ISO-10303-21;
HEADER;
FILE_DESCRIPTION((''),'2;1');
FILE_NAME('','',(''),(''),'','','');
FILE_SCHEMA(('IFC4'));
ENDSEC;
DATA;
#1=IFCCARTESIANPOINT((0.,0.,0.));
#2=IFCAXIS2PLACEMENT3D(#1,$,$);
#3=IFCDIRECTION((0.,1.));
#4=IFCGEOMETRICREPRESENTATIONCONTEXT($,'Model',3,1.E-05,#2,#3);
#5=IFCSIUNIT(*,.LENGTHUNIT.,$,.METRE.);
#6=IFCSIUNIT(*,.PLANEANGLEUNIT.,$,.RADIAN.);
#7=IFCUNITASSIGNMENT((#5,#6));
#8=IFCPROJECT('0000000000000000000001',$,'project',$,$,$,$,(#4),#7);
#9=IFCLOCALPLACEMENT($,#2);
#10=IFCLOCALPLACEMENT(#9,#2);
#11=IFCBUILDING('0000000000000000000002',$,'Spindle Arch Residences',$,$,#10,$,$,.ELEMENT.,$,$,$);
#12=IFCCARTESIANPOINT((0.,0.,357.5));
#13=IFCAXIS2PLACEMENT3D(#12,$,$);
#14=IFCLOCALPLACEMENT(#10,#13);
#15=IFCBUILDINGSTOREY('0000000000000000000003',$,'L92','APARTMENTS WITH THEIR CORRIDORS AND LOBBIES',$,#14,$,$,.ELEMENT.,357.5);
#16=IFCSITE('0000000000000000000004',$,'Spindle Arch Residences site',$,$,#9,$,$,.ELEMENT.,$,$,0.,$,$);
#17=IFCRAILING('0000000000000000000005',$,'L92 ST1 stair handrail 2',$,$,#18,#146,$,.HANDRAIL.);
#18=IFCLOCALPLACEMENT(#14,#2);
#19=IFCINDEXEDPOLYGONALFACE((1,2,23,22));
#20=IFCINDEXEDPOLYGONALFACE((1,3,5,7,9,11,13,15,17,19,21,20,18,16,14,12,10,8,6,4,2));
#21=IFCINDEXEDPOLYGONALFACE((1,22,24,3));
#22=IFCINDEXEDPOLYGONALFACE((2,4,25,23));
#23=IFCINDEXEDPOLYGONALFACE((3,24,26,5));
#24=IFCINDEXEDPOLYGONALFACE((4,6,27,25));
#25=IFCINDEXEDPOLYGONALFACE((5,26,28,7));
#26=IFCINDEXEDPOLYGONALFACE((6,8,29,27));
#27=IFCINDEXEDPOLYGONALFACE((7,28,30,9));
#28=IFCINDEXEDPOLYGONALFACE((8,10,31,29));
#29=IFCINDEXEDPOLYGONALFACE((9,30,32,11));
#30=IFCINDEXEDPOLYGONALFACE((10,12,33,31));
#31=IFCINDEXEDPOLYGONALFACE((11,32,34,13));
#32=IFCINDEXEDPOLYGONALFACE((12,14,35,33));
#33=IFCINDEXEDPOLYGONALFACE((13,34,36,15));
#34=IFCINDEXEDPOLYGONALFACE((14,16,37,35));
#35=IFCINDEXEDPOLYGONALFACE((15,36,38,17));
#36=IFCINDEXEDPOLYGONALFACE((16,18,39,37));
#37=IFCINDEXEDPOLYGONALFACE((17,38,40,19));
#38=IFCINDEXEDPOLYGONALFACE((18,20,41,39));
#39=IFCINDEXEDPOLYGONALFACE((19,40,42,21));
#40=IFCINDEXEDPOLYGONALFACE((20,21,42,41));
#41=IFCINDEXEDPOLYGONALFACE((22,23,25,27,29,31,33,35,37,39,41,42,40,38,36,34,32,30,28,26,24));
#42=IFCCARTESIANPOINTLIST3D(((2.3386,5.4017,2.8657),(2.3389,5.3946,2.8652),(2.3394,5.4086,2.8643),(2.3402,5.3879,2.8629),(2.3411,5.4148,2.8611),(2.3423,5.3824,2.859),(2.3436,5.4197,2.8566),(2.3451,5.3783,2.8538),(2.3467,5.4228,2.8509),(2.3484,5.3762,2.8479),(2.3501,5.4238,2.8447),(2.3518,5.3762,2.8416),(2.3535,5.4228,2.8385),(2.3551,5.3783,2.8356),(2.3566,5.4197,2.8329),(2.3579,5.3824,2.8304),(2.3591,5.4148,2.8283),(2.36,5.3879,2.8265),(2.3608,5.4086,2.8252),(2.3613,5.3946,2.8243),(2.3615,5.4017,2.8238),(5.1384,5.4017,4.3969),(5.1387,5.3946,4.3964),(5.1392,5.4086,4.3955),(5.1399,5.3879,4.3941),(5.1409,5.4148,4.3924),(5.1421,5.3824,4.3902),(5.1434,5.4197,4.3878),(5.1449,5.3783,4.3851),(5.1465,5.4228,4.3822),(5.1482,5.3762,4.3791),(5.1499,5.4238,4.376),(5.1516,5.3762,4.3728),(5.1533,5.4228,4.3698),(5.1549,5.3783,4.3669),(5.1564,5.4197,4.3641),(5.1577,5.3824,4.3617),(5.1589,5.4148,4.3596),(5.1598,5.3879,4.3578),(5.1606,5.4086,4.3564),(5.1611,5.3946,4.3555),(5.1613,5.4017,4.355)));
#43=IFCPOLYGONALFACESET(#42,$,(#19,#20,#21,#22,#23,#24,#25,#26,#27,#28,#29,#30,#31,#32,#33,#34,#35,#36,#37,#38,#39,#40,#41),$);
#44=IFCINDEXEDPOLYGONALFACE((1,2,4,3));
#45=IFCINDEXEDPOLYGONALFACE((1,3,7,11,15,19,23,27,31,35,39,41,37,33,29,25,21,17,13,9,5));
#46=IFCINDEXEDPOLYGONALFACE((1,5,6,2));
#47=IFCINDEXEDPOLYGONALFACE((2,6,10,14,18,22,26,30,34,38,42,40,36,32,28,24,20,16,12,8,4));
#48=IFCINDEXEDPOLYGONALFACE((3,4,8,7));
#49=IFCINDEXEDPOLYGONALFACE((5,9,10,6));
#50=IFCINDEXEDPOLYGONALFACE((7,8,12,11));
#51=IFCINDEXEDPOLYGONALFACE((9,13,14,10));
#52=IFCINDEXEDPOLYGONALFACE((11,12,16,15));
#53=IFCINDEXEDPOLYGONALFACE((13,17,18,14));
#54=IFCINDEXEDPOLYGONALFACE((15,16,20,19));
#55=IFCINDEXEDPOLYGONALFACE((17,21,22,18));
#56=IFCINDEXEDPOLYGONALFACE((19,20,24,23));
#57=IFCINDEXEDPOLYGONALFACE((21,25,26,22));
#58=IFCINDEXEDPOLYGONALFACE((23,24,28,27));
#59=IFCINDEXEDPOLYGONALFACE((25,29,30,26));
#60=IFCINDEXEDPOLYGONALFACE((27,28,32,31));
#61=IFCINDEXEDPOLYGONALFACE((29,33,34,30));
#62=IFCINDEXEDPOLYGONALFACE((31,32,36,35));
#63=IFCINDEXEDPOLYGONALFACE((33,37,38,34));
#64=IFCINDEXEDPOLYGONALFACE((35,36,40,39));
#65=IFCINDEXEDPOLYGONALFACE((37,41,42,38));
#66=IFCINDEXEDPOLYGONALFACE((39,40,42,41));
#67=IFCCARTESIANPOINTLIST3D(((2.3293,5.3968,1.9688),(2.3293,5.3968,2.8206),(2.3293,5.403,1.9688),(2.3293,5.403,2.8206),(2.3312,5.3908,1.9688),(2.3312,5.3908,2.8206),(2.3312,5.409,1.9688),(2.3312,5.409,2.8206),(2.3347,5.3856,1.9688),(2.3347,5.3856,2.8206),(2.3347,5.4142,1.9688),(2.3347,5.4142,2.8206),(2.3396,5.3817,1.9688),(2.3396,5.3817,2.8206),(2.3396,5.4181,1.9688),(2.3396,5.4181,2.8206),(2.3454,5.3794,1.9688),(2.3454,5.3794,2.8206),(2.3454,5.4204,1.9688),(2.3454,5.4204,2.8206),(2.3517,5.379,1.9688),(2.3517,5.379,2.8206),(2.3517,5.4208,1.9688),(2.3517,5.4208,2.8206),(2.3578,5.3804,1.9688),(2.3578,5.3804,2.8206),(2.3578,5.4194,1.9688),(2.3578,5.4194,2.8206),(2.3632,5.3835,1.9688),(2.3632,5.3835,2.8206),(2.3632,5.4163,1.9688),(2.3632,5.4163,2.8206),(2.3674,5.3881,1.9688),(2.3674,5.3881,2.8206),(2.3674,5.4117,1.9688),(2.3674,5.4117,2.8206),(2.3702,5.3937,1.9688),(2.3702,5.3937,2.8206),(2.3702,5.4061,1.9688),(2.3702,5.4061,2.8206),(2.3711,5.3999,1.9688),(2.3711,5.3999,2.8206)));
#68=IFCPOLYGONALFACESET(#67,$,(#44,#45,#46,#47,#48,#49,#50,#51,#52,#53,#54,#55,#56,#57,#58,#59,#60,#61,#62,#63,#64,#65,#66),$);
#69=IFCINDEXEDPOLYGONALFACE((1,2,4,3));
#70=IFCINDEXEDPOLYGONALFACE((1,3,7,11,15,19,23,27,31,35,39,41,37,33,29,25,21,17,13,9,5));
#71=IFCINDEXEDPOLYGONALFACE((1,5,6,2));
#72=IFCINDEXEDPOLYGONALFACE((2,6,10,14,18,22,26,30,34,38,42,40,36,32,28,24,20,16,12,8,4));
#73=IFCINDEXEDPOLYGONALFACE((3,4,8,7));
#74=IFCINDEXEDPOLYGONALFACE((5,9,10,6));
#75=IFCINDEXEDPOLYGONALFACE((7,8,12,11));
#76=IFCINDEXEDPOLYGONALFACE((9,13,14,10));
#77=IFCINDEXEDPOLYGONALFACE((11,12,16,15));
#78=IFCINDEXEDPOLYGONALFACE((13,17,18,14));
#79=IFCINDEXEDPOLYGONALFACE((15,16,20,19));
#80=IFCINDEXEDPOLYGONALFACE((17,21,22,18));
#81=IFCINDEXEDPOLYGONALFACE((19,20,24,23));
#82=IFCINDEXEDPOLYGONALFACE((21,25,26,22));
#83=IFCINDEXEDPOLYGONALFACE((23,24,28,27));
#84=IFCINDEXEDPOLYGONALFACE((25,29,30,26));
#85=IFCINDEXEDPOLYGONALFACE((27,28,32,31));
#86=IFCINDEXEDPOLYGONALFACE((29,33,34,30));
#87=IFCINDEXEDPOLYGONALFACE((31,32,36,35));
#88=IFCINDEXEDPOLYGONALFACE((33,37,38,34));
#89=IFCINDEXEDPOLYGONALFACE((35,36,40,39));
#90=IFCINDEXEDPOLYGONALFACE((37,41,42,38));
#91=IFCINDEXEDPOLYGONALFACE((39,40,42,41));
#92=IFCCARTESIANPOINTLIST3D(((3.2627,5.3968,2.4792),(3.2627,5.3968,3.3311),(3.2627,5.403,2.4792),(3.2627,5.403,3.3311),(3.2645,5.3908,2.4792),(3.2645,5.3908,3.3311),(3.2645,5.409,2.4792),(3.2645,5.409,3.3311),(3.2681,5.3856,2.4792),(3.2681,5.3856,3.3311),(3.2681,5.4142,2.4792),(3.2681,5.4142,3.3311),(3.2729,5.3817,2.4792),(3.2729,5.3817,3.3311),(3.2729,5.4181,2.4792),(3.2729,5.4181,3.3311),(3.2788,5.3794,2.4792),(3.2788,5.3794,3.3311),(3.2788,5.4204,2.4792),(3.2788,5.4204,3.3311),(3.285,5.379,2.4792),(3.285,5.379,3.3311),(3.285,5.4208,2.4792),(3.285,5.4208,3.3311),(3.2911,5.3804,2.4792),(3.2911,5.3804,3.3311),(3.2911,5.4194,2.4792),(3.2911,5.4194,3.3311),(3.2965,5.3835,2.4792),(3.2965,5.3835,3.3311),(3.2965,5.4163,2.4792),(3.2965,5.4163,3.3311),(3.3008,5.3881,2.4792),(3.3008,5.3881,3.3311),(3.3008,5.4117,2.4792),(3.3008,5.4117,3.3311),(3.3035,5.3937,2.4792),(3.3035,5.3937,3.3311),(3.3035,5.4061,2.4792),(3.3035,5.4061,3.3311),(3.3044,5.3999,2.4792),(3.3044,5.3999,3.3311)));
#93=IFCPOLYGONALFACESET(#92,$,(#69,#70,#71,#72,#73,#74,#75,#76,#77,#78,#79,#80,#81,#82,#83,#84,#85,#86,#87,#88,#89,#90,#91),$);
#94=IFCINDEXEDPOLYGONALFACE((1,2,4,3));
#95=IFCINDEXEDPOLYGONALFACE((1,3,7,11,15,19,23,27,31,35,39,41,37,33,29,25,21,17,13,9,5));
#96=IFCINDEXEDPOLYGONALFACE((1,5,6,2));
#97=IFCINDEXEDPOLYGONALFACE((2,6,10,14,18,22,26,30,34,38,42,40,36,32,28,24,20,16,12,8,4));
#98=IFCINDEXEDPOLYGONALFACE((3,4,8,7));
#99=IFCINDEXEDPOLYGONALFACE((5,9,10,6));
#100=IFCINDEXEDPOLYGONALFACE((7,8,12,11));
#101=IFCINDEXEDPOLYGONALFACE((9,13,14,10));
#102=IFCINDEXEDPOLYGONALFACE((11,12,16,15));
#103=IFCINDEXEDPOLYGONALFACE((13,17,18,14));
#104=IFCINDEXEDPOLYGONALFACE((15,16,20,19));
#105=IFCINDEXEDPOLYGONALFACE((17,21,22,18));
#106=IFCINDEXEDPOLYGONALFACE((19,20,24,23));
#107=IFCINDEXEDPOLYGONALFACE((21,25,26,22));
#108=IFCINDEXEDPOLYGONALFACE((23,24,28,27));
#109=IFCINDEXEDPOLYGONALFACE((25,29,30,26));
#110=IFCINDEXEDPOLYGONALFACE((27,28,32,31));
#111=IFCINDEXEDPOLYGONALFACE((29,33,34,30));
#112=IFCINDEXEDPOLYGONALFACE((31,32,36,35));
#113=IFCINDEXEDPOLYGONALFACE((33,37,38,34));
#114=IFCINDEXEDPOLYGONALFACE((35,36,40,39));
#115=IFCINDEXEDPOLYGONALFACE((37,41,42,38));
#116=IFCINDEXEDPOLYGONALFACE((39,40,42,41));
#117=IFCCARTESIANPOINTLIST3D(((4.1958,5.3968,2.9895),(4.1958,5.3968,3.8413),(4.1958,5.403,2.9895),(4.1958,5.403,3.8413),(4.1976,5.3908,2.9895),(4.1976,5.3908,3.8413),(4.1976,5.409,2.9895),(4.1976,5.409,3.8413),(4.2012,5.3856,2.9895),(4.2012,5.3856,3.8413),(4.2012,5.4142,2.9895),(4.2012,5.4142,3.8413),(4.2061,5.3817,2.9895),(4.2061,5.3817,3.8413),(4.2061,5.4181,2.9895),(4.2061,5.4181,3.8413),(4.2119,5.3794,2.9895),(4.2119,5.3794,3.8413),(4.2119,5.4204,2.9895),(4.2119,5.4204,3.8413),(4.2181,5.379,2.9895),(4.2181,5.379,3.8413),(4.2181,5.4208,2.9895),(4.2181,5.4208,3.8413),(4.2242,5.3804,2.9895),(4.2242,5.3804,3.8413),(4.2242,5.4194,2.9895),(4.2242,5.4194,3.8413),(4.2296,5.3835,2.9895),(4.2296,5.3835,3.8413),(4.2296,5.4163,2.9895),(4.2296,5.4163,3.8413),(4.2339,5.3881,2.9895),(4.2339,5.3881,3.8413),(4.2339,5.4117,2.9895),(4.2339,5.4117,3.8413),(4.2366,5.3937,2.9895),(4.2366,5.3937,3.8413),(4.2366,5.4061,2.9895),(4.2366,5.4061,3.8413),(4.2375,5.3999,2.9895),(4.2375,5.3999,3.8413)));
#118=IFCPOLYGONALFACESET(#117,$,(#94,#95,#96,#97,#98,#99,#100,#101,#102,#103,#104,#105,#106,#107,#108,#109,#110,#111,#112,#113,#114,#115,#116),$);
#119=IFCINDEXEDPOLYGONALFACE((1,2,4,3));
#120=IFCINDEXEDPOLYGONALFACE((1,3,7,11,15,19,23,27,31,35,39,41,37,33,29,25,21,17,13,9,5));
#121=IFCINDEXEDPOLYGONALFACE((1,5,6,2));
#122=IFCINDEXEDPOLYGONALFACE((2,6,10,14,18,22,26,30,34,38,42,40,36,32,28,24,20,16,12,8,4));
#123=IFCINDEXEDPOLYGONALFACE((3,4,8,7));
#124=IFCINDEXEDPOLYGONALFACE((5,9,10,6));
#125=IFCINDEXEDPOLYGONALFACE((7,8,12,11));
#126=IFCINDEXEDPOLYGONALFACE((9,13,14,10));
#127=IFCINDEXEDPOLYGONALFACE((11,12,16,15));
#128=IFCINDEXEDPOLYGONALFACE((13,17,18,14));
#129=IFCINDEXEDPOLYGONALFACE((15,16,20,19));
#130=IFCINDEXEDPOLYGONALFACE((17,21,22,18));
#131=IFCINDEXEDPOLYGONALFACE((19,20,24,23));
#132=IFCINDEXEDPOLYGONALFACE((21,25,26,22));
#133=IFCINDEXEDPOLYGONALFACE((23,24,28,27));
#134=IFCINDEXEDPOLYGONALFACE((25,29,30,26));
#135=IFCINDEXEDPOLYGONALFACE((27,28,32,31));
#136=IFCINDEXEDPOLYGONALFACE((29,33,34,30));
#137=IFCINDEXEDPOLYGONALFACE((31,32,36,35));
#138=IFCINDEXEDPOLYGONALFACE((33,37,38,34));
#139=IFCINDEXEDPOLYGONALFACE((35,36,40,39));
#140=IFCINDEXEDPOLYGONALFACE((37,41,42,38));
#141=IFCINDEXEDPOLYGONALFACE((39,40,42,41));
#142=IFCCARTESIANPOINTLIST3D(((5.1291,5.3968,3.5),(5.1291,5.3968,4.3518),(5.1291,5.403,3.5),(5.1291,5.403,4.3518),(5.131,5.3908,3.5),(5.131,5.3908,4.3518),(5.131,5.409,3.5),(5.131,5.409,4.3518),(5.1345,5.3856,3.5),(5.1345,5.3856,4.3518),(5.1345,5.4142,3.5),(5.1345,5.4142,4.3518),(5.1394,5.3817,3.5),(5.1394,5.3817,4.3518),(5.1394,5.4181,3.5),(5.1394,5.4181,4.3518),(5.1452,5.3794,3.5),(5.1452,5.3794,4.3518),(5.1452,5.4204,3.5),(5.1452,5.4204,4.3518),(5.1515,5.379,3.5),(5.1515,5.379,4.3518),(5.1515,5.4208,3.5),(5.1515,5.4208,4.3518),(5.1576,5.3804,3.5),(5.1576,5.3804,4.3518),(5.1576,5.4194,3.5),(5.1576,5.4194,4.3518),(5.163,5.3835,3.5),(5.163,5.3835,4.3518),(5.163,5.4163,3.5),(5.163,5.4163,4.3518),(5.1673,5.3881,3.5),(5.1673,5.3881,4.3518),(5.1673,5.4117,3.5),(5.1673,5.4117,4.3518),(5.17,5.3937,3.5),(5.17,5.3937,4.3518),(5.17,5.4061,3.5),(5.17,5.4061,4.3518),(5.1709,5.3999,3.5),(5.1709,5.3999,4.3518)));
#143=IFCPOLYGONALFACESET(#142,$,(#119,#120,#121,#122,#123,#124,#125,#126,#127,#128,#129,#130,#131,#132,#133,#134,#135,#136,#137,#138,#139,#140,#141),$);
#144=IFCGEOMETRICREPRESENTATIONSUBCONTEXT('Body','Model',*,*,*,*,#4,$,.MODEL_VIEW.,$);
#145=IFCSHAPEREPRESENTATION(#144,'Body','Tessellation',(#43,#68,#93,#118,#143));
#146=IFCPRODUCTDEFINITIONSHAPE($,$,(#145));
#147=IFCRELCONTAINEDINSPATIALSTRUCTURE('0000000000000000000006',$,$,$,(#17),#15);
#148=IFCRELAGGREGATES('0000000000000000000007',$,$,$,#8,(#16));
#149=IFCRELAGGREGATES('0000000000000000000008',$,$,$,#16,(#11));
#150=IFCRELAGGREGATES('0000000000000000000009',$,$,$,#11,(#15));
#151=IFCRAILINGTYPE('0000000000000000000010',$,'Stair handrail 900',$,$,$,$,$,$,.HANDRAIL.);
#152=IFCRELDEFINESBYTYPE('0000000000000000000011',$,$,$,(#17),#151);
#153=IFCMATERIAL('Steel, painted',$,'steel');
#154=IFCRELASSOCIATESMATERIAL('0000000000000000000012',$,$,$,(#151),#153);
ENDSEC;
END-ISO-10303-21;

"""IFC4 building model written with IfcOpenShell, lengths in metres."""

from ifc_helpers import new_model, si_unit, direction, frame, origin, origin_2d, place, context, subcontext, project, spatial, circle, extrude, material, type_object, element, save


model = new_model("IFC4")

# Units and contexts
model_context = context("Model", 3, precision=1e-05, world=origin(), true_north=direction((0.0, 1.0)))
body_context = subcontext(model_context, "Body", "Model", "MODEL_VIEW")
ifc_project = project(units=[si_unit("LENGTHUNIT", "METRE"), si_unit("PLANEANGLEUNIT", "RADIAN")], contexts=[model_context])

# Site, building, storey
site_placement = place(None, origin())
site = spatial("IfcSite", under=ifc_project, at=site_placement, Name="Spindle Arch Residences site", CompositionType="ELEMENT", RefElevation=0.0)
building_placement = place(site_placement, origin())
building = spatial("IfcBuilding", under=site, at=building_placement, Name="Spindle Arch Residences", CompositionType="ELEMENT")
storey_placement = place(building_placement, frame((0.0, 0.0, 357.5)))
storey = spatial("IfcBuildingStorey", under=building, at=storey_placement, Name="L92", Description="APARTMENTS WITH THEIR CORRIDORS AND LOBBIES", CompositionType="ELEMENT", Elevation=357.5)

# Railing
ifc_material_1 = material(Name="Steel, painted", Category="steel")
railing_type_1 = type_object("IfcRailingType", Name="Stair handrail 900", PredefinedType="HANDRAIL", material=ifc_material_1)
railing_1_placement = place(storey_placement, frame((2.3501, 5.3999, 1.9688)))
element("IfcRailing", 1, at=railing_1_placement, inside=storey, type_object=railing_type_1, Name="L92 ST1 stair handrail 2", PredefinedType="HANDRAIL", context=body_context, shape_type="SweptSolid", body=[
    extrude(circle(Radius=0.0239, at=origin_2d()), frame((0.0, 0.0, 0.876), z_axis=(0.877357, 0.0, 0.479838), x_axis=(0.0, 1.0, 0.0)), (0.0, 0.0, 1.0), 3.1912),
    extrude(circle(Radius=0.021, at=origin_2d()), origin(), (0.0, 0.0, 1.0), 0.8518),
    extrude(circle(Radius=0.021, at=origin_2d()), frame((0.9333, 0.0, 0.5105)), (0.0, 0.0, 1.0), 0.8518),
    extrude(circle(Radius=0.021, at=origin_2d()), frame((1.8665, 0.0, 1.0208)), (0.0, 0.0, 1.0), 0.8518),
    extrude(circle(Radius=0.021, at=origin_2d()), frame((2.7998, 0.0, 1.5312)), (0.0, 0.0, 1.0), 0.8518),
])

save(model, "model.ifc")
